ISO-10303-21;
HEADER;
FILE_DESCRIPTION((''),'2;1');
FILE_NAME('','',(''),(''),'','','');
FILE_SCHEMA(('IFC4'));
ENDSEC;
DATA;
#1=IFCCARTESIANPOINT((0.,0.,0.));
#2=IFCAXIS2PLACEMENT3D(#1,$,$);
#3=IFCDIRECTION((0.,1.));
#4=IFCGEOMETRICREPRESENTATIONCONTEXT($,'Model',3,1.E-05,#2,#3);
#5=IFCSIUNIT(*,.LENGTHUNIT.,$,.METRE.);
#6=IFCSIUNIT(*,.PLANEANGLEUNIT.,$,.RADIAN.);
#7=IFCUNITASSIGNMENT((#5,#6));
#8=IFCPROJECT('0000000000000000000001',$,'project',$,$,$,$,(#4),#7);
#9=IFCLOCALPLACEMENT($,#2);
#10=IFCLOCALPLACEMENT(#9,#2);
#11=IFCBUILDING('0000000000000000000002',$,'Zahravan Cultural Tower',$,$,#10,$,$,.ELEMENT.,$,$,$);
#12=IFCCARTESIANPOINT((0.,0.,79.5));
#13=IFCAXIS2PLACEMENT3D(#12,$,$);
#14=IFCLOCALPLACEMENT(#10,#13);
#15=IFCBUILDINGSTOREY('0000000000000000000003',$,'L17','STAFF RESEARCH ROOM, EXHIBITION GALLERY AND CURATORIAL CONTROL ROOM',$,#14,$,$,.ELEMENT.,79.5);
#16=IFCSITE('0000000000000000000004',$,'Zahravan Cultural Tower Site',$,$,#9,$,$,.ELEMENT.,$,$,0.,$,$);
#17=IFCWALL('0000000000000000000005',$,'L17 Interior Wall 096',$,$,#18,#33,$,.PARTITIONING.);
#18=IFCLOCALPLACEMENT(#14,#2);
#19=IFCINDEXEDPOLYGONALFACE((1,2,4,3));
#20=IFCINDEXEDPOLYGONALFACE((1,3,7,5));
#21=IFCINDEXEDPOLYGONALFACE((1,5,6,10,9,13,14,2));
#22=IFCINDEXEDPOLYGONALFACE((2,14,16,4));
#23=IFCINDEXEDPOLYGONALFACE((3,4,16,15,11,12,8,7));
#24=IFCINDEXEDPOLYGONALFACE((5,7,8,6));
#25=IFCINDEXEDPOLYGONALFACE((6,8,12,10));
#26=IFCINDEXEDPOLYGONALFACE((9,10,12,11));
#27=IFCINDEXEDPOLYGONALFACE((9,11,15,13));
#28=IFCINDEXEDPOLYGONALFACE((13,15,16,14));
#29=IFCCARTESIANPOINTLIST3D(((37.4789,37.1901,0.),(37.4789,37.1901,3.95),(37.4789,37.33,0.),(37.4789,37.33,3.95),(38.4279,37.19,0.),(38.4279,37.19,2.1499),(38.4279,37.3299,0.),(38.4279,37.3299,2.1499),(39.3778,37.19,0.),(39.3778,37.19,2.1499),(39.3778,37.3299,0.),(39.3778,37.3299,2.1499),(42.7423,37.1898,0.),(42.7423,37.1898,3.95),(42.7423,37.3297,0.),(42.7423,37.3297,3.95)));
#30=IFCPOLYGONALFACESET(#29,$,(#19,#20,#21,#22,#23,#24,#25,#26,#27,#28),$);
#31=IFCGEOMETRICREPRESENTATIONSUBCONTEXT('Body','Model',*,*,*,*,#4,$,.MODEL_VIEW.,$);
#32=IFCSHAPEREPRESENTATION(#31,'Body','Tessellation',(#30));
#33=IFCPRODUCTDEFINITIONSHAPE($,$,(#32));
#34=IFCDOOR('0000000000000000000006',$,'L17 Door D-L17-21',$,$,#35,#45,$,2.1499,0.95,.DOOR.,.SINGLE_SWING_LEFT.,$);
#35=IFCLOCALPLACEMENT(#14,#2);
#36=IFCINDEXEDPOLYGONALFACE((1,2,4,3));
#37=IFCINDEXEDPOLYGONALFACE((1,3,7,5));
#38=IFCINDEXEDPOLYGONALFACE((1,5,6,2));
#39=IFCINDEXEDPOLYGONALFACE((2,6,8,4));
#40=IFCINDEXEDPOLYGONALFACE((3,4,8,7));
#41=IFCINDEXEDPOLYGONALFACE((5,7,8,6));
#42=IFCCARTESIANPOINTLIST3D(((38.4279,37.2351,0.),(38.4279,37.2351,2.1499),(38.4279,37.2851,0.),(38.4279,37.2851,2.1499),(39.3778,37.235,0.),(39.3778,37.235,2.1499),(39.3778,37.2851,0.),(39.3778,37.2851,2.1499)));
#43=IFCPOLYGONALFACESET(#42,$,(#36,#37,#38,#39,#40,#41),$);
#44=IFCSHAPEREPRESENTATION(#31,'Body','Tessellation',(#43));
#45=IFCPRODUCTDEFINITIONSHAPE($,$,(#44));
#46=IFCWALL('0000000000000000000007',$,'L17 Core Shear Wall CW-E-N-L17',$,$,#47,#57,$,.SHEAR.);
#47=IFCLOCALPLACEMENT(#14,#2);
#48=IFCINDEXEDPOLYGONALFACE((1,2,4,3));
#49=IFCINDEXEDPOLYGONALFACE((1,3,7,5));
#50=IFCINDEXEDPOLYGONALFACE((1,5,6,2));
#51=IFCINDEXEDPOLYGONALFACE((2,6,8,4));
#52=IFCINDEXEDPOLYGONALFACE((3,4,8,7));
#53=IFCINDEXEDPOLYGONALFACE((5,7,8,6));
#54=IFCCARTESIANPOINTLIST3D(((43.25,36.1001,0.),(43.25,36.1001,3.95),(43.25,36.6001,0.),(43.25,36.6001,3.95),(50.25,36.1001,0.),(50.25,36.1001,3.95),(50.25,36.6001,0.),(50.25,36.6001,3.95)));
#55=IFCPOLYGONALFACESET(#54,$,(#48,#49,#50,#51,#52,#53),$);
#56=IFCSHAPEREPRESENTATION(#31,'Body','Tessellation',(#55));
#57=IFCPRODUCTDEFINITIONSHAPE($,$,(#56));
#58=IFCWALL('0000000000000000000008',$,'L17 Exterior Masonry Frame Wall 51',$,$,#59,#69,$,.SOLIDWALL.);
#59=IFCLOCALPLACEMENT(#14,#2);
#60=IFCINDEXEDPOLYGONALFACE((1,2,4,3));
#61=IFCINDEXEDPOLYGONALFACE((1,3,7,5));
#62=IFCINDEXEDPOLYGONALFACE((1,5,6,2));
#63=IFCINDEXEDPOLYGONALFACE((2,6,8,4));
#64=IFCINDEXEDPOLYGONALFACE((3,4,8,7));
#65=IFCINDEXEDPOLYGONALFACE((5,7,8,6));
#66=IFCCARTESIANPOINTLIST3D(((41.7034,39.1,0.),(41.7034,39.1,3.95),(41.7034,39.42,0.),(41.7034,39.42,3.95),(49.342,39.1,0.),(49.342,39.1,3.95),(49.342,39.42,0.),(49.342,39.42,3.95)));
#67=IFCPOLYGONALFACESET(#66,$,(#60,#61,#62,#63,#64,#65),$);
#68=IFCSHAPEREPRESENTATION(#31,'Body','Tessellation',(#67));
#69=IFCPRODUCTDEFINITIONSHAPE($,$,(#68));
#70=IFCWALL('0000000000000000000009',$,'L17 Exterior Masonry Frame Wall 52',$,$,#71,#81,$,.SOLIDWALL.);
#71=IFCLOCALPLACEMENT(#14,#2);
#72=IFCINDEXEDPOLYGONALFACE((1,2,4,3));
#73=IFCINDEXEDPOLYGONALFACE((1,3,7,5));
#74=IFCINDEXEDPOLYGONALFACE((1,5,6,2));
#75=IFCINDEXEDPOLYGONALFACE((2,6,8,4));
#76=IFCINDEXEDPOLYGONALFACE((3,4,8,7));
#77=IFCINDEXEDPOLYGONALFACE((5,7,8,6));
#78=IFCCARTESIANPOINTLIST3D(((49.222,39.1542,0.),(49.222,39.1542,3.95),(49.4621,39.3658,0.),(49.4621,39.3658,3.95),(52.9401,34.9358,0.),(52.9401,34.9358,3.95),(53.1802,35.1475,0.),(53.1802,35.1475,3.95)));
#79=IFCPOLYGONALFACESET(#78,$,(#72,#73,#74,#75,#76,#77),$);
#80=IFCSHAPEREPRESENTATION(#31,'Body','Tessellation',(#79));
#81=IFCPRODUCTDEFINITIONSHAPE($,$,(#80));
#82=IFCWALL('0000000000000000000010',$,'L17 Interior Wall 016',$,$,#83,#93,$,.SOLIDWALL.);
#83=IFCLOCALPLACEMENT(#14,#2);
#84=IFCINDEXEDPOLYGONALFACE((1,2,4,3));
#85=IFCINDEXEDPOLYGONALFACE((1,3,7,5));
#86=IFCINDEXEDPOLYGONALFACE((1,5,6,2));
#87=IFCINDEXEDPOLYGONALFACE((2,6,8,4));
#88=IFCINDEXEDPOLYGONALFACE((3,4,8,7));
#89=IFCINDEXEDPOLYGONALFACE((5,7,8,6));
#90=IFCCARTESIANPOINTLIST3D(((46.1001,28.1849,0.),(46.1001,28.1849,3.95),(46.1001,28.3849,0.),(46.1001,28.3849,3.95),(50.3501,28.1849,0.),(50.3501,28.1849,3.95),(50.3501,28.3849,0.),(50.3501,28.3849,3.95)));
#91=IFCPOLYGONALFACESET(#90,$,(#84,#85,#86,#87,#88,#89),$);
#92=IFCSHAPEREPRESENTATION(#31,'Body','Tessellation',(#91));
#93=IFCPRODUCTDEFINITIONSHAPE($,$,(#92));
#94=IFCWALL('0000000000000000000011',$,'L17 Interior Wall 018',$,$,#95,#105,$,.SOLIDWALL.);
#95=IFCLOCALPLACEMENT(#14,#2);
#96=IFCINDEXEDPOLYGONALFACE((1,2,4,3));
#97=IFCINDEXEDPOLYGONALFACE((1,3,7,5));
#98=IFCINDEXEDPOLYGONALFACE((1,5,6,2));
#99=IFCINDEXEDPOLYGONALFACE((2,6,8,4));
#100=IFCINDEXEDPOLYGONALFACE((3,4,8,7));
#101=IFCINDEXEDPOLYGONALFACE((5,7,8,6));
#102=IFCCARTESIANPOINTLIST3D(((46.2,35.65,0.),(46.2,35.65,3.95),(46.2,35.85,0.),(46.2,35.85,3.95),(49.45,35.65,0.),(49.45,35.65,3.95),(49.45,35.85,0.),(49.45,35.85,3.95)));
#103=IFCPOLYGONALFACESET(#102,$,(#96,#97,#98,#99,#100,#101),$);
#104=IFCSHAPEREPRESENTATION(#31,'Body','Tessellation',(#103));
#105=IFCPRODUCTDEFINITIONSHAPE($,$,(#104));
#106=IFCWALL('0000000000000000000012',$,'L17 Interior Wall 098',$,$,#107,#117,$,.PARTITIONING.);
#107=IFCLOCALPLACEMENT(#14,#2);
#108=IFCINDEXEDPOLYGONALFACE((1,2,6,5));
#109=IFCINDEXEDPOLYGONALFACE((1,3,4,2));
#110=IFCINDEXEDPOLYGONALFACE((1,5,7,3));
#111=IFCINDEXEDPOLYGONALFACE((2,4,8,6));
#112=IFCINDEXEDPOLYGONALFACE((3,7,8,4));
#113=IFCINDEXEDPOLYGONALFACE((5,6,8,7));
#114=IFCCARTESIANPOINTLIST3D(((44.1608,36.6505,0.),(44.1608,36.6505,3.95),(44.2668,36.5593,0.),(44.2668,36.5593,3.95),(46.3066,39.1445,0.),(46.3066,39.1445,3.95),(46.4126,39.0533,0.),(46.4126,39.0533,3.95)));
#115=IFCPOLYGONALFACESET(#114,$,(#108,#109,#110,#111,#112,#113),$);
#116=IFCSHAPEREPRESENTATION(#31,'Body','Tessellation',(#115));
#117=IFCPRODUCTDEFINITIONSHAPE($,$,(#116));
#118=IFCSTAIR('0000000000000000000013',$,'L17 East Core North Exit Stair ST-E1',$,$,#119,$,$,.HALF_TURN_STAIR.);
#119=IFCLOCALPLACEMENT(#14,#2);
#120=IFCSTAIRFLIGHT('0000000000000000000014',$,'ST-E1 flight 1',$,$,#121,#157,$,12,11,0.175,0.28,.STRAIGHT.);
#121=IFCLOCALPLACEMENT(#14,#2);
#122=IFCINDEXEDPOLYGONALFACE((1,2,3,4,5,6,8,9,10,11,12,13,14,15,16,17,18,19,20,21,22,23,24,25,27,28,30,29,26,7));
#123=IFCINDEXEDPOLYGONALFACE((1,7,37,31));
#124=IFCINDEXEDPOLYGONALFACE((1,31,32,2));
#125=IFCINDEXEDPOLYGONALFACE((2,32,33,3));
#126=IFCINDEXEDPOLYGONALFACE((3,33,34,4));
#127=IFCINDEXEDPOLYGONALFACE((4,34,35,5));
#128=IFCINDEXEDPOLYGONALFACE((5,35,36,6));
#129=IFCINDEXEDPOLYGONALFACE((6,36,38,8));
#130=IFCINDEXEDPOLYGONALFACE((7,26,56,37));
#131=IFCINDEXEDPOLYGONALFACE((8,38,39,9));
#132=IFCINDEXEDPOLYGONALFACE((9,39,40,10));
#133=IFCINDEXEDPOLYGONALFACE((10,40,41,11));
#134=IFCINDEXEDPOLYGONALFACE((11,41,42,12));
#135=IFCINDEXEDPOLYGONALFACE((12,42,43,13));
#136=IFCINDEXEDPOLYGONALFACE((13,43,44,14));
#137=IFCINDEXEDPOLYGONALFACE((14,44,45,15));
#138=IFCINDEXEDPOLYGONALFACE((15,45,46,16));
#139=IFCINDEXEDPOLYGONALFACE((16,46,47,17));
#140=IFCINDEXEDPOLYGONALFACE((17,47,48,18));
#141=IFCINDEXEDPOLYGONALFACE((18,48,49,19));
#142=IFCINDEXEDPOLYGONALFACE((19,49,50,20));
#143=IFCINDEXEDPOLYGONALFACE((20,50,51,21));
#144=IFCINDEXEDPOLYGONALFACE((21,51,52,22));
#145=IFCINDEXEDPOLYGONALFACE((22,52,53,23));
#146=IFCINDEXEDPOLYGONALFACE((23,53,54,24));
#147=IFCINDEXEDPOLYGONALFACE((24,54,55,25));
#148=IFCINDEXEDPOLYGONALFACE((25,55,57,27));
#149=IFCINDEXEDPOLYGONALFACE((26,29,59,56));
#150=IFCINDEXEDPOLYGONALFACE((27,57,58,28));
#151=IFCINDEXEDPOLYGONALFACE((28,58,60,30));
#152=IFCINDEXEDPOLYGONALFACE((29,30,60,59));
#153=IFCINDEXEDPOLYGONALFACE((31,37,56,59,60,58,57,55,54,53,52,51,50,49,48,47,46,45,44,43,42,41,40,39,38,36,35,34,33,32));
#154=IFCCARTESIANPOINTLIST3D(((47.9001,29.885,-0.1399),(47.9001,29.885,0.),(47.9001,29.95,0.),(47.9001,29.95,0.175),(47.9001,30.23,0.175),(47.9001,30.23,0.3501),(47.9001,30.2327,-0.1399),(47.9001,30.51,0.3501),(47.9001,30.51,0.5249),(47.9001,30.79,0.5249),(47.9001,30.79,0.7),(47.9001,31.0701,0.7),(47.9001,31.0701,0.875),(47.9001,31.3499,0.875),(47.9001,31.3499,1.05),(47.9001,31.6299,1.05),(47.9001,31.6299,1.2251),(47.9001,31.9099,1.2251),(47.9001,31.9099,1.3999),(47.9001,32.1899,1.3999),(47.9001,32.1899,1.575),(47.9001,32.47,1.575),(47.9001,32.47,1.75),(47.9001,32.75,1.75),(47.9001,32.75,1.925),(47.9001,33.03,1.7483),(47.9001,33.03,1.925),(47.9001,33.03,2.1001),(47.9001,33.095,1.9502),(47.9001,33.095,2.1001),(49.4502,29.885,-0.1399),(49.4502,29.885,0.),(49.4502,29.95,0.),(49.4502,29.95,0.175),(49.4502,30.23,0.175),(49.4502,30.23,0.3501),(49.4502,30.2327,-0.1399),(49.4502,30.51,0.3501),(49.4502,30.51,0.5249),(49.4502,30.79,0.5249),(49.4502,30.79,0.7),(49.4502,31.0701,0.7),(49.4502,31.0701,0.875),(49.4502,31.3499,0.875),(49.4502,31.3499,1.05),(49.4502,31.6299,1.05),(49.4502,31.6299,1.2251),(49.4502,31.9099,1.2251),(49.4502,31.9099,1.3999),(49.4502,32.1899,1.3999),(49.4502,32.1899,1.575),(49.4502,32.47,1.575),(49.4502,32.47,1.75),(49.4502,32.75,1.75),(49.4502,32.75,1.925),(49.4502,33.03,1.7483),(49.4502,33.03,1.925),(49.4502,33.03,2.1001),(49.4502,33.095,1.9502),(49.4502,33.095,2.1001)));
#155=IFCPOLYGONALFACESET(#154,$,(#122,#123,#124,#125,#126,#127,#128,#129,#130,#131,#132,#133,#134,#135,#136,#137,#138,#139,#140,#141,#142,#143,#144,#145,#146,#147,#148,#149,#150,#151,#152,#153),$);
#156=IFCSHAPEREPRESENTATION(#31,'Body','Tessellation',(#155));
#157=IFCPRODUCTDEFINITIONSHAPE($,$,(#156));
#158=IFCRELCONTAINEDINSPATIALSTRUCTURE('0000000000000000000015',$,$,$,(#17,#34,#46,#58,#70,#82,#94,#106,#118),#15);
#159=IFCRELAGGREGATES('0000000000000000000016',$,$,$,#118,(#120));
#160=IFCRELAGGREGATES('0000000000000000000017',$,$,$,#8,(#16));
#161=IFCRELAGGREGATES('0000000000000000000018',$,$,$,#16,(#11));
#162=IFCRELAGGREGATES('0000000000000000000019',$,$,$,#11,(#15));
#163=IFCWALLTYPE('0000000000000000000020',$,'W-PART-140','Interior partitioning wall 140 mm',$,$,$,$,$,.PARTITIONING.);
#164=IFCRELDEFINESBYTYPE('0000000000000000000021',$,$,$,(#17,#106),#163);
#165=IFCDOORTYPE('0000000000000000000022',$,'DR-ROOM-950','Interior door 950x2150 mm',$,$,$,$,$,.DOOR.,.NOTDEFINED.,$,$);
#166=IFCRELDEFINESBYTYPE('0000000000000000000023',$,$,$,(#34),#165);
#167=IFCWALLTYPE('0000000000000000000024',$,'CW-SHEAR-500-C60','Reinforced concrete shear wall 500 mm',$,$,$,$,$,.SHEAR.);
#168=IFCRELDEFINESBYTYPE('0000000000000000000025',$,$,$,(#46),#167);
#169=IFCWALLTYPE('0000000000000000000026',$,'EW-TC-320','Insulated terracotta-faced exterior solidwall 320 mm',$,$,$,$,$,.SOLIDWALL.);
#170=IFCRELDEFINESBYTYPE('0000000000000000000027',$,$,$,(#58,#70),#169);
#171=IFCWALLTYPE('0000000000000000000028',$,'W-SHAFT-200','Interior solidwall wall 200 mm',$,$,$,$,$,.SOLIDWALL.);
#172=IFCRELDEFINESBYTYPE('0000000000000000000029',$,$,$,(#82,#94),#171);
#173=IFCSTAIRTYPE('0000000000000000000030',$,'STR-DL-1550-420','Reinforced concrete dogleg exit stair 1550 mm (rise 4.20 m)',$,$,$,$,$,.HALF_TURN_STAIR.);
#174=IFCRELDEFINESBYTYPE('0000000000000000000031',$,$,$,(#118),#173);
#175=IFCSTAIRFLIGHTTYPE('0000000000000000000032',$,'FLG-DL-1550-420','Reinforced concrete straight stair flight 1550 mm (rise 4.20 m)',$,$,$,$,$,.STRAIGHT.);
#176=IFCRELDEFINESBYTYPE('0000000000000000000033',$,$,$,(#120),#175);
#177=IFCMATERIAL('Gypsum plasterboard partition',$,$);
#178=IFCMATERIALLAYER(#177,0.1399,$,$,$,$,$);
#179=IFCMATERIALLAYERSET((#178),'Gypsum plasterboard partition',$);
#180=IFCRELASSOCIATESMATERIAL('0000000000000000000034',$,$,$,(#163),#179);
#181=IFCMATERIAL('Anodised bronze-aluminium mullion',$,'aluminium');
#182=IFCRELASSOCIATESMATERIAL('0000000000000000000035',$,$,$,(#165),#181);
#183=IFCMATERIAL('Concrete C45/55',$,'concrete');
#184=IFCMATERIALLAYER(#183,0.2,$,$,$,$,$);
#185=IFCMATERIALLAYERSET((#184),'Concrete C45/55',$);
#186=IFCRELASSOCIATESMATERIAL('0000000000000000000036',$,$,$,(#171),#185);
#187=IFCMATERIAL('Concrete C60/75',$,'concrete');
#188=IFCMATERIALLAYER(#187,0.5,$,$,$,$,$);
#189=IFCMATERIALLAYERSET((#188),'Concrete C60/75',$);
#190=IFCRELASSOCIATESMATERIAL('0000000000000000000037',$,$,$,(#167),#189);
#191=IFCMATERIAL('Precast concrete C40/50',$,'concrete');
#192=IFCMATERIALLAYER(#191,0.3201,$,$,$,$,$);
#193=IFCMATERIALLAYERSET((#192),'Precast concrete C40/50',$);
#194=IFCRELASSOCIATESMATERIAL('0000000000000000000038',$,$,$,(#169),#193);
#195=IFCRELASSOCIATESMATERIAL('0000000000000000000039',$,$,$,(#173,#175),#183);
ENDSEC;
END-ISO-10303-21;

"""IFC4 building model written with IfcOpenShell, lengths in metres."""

from ifc_helpers import new_model, si_unit, direction, frame, frame_2d, origin, place, context, subcontext, project, spatial, polyline, rectangle, outline, extrude, source, transform, mapped, material, layer, layer_set, type_object, element, fill, aggregate, save


model = new_model("IFC4")

# Units and contexts
model_context = context("Model", 3, precision=1e-05, world=origin(), true_north=direction((0.0, 1.0)))
body_context = subcontext(model_context, "Body", "Model", "MODEL_VIEW")
ifc_project = project(units=[si_unit("LENGTHUNIT", "METRE"), si_unit("PLANEANGLEUNIT", "RADIAN")], contexts=[model_context])

# Site, building, storey
site_placement = place(None, origin())
site = spatial("IfcSite", under=ifc_project, at=site_placement, Name="Zahravan Cultural Tower Site", CompositionType="ELEMENT", RefElevation=0.0)
building_placement = place(site_placement, origin())
building = spatial("IfcBuilding", under=site, at=building_placement, Name="Zahravan Cultural Tower", CompositionType="ELEMENT")
storey_placement = place(building_placement, frame((0.0, 0.0, 79.5)))
storey = spatial("IfcBuildingStorey", under=building, at=storey_placement, Name="L17", Description="STAFF RESEARCH ROOM, EXHIBITION GALLERY AND CURATORIAL CONTROL ROOM", CompositionType="ELEMENT", Elevation=79.5)

# Shared definitions
ifc_material_1 = material(Name="Concrete C60/75", Category="concrete")

# Shared definitions
ifc_material_2 = material(Name="Anodised bronze-aluminium mullion", Category="aluminium")

# Wall, opening, door
ifc_material_3 = material(Name="Gypsum plasterboard partition")
ifc_layer_1 = layer(ifc_material_3, 0.1399)
ifc_layer_set_1 = layer_set([ifc_layer_1], Name="Gypsum plasterboard partition")
wall_type_1 = type_object("IfcWallType", Name="W-PART-140", Description="Interior partitioning wall 140 mm", PredefinedType="PARTITIONING", material=ifc_layer_set_1)
wall_1_placement = place(storey_placement, frame((42.7424, 37.2598, 0.0), z_axis=(0.0, 0.0, 1.0), x_axis=(-1.0, 0.000046, 0.0)))
wall_1 = element("IfcWall", 1, at=wall_1_placement, inside=storey, type_object=wall_type_1, Name="L17 Interior Wall 096", PredefinedType="PARTITIONING", context=body_context, shape_type="SweptSolid", body=[
    extrude(rectangle(XDim=5.2634, YDim=0.1399, at=frame_2d((2.6318, 0.0))), origin(), (0.0, 0.0, 1.0), 3.95),
])
opening_1_placement = place(wall_1_placement, frame((3.3645, 0.0, 0.0)))
opening_1 = element("IfcOpeningElement", 2, at=opening_1_placement, cuts=wall_1, PredefinedType="OPENING", context=body_context, shape_type="SweptSolid", body=[
    extrude(rectangle(XDim=0.95, YDim=2.1499, at=frame_2d((0.4751, 1.075))), frame((0.0, 0.0798, 0.0), z_axis=(0.0, -1.0, 0.0), x_axis=(1.0, 0.0, 0.0)), (0.0, 0.0, 1.0), 0.1599),
])
door_type_1 = type_object("IfcDoorType", Name="DR-ROOM-950", Description="Interior door 950x2150 mm", OperationType="NOTDEFINED", PredefinedType="DOOR", material=ifc_material_2)
shared_shape_1 = source(origin(), body_context, "Body", "SweptSolid", [
    extrude(rectangle(XDim=0.95, YDim=2.1499, at=frame_2d((0.4751, 1.075))), frame((0.0, 0.0249, 0.0), z_axis=(0.0, -1.0, 0.0), x_axis=(1.0, 0.0, 0.0)), (0.0, 0.0, 1.0), 0.05),
])
door_1_placement = place(opening_1_placement, origin())
door_1 = element("IfcDoor", 3, at=door_1_placement, inside=storey, type_object=door_type_1, Name="L17 Door D-L17-21", OperationType="SINGLE_SWING_LEFT", OverallHeight=2.1499, OverallWidth=0.95, PredefinedType="DOOR", context=body_context, shape_type="MappedRepresentation", body=[
    mapped(shared_shape_1, transform((0.0, 0.0, 0.0), x_axis=(1.0, 0.0, 0.0), y_axis=(0.0, 1.0, 0.0), z_axis=(0.0, 0.0, 1.0), scale=1.0)),
])
fill(opening_1, door_1)
ifc_material_4 = material(Name="Concrete C45/55", Category="concrete")
ifc_layer_2 = layer(ifc_material_4, 0.2)
ifc_layer_set_2 = layer_set([ifc_layer_2], Name="Concrete C45/55")
wall_type_2 = type_object("IfcWallType", Name="W-SHAFT-200", Description="Interior solidwall wall 200 mm", PredefinedType="SOLIDWALL", material=ifc_layer_set_2)

# Walls
ifc_layer_3 = layer(ifc_material_1, 0.5)
ifc_layer_set_3 = layer_set([ifc_layer_3], Name="Concrete C60/75")
wall_type_3 = type_object("IfcWallType", Name="CW-SHEAR-500-C60", Description="Reinforced concrete shear wall 500 mm", PredefinedType="SHEAR", material=ifc_layer_set_3)
shared_shape_2 = source(origin(), body_context, "Body", "SweptSolid", [
    extrude(rectangle(XDim=7.0, YDim=0.5, at=frame_2d((3.5, 0.0))), origin(), (0.0, 0.0, 1.0), 3.95),
])
wall_2_placement = place(storey_placement, frame((43.25, 36.3501, 0.0), z_axis=(0.0, 0.0, 1.0), x_axis=(1.0, 0.0, 0.0)))
element("IfcWall", 4, at=wall_2_placement, inside=storey, type_object=wall_type_3, Name="L17 Core Shear Wall CW-E-N-L17", PredefinedType="SHEAR", context=body_context, shape_type="MappedRepresentation", body=[
    mapped(shared_shape_2, transform((0.0, 0.0, 0.0), x_axis=(1.0, 0.0, 0.0), y_axis=(0.0, 1.0, 0.0), z_axis=(0.0, 0.0, 1.0), scale=1.0)),
])
ifc_material_5 = material(Name="Precast concrete C40/50", Category="concrete")
ifc_layer_4 = layer(ifc_material_5, 0.3201)
ifc_layer_set_4 = layer_set([ifc_layer_4], Name="Precast concrete C40/50")
wall_type_4 = type_object("IfcWallType", Name="EW-TC-320", Description="Insulated terracotta-faced exterior solidwall 320 mm", PredefinedType="SOLIDWALL", material=ifc_layer_set_4)
shared_shape_3 = source(origin(), body_context, "Body", "SweptSolid", [
    extrude(rectangle(XDim=7.6387, YDim=0.3201, at=frame_2d((3.8193, 0.0))), origin(), (0.0, 0.0, 1.0), 3.95),
])
wall_3_placement = place(storey_placement, frame((41.7034, 39.26, 0.0), z_axis=(0.0, 0.0, 1.0), x_axis=(1.0, 0.0, 0.0)))
element("IfcWall", 5, at=wall_3_placement, inside=storey, type_object=wall_type_4, Name="L17 Exterior Masonry Frame Wall 51", PredefinedType="SOLIDWALL", context=body_context, shape_type="MappedRepresentation", body=[
    mapped(shared_shape_3, transform((0.0, 0.0, 0.0), x_axis=(1.0, 0.0, 0.0), y_axis=(0.0, 1.0, 0.0), z_axis=(0.0, 0.0, 1.0), scale=1.0)),
])
shared_shape_4 = source(origin(), body_context, "Body", "SweptSolid", [
    extrude(rectangle(XDim=5.623, YDim=0.3201, at=frame_2d((2.8115, 0.0))), origin(), (0.0, 0.0, 1.0), 3.95),
])
wall_4_placement = place(storey_placement, frame((49.342, 39.26, 0.0), z_axis=(0.0, 0.0, 1.0), x_axis=(0.661224, -0.750189, 0.0)))
element("IfcWall", 6, at=wall_4_placement, inside=storey, type_object=wall_type_4, Name="L17 Exterior Masonry Frame Wall 52", PredefinedType="SOLIDWALL", context=body_context, shape_type="MappedRepresentation", body=[
    mapped(shared_shape_4, transform((0.0, 0.0, 0.0), x_axis=(1.0, 0.0, 0.0), y_axis=(0.0, 1.0, 0.0), z_axis=(0.0, 0.0, 1.0), scale=1.0)),
])
shared_shape_5 = source(origin(), body_context, "Body", "SweptSolid", [
    extrude(rectangle(XDim=4.25, YDim=0.2, at=frame_2d((2.125, 0.0))), origin(), (0.0, 0.0, 1.0), 3.95),
])
wall_5_placement = place(storey_placement, frame((46.1001, 28.2849, 0.0), z_axis=(0.0, 0.0, 1.0), x_axis=(1.0, 0.0, 0.0)))
element("IfcWall", 7, at=wall_5_placement, inside=storey, type_object=wall_type_2, Name="L17 Interior Wall 016", PredefinedType="SOLIDWALL", context=body_context, shape_type="MappedRepresentation", body=[
    mapped(shared_shape_5, transform((0.0, 0.0, 0.0), x_axis=(1.0, 0.0, 0.0), y_axis=(0.0, 1.0, 0.0), z_axis=(0.0, 0.0, 1.0), scale=1.0)),
])
shared_shape_6 = source(origin(), body_context, "Body", "SweptSolid", [
    extrude(rectangle(XDim=3.25, YDim=0.2, at=frame_2d((1.625, 0.0))), origin(), (0.0, 0.0, 1.0), 3.95),
])
wall_6_placement = place(storey_placement, frame((46.2, 35.75, 0.0), z_axis=(0.0, 0.0, 1.0), x_axis=(1.0, 0.0, 0.0)))
element("IfcWall", 8, at=wall_6_placement, inside=storey, type_object=wall_type_2, Name="L17 Interior Wall 018", PredefinedType="SOLIDWALL", context=body_context, shape_type="MappedRepresentation", body=[
    mapped(shared_shape_6, transform((0.0, 0.0, 0.0), x_axis=(1.0, 0.0, 0.0), y_axis=(0.0, 1.0, 0.0), z_axis=(0.0, 0.0, 1.0), scale=1.0)),
])
shared_shape_7 = source(origin(), body_context, "Body", "SweptSolid", [
    extrude(rectangle(XDim=3.29, YDim=0.1399, at=frame_2d((1.645, 0.0))), origin(), (0.0, 0.0, 1.0), 3.95),
])
wall_7_placement = place(storey_placement, frame((46.3596, 39.0989, 0.0), z_axis=(0.0, 0.0, 1.0), x_axis=(-0.652214, -0.758035, 0.0)))
element("IfcWall", 9, at=wall_7_placement, inside=storey, type_object=wall_type_1, Name="L17 Interior Wall 098", PredefinedType="PARTITIONING", context=body_context, shape_type="MappedRepresentation", body=[
    mapped(shared_shape_7, transform((0.0, 0.0, 0.0), x_axis=(1.0, 0.0, 0.0), y_axis=(0.0, 1.0, 0.0), z_axis=(0.0, 0.0, 1.0), scale=1.0)),
])

# Stair, stair flight
stair_type = type_object("IfcStairType", Name="STR-DL-1550-420", Description="Reinforced concrete dogleg exit stair 1550 mm (rise 4.20 m)", PredefinedType="HALF_TURN_STAIR", material=ifc_material_4)
stair_placement = place(storey_placement, origin())
stair = element("IfcStair", 10, at=stair_placement, inside=storey, type_object=stair_type, Name="L17 East Core North Exit Stair ST-E1", PredefinedType="HALF_TURN_STAIR")
stair_flight_type = type_object("IfcStairFlightType", Name="FLG-DL-1550-420", Description="Reinforced concrete straight stair flight 1550 mm (rise 4.20 m)", PredefinedType="STRAIGHT", material=ifc_material_4)
stair_flight_1_placement = place(storey_placement, frame((48.675, 29.95, 0.0), z_axis=(0.0, 0.0, 1.0), x_axis=(0.0, 1.0, 0.0)))
stair_flight_1 = element("IfcStairFlight", 11, at=stair_flight_1_placement, type_object=stair_flight_type, Name="ST-E1 flight 1", NumberOfRisers=12, NumberOfTreads=11, PredefinedType="STRAIGHT", RiserHeight=0.175, TreadLength=0.28, context=body_context, shape_type="SweptSolid", body=[
    extrude(outline(polyline([(-0.0649, -0.1399), (-0.0649, 0.0), (0.0, 0.0), (0.0, 0.175), (0.28, 0.175), (0.28, 0.3501), (0.5601, 0.3501), (0.5601, 0.5249), (0.8401, 0.5249), (0.8401, 0.7), (1.1201, 0.7), (1.1201, 0.875), (1.3999, 0.875), (1.3999, 1.05), (1.6799, 1.05), (1.6799, 1.2251), (1.96, 1.2251), (1.96, 1.3999), (2.24, 1.3999), (2.24, 1.575), (2.52, 1.575), (2.52, 1.75), (2.8, 1.75), (2.8, 1.925), (3.0801, 1.925), (3.0801, 2.1001), (3.145, 2.1001), (3.145, 1.9502), (3.0801, 1.7483), (0.2827, -0.1399), (-0.0649, -0.1399)])), frame((0.0, 0.7749, 0.0), z_axis=(0.0, -1.0, 0.0), x_axis=(1.0, 0.0, 0.0)), (0.0, 0.0, 1.0), 1.55),
])
aggregate(stair, [stair_flight_1])

save(model, "model.ifc")
